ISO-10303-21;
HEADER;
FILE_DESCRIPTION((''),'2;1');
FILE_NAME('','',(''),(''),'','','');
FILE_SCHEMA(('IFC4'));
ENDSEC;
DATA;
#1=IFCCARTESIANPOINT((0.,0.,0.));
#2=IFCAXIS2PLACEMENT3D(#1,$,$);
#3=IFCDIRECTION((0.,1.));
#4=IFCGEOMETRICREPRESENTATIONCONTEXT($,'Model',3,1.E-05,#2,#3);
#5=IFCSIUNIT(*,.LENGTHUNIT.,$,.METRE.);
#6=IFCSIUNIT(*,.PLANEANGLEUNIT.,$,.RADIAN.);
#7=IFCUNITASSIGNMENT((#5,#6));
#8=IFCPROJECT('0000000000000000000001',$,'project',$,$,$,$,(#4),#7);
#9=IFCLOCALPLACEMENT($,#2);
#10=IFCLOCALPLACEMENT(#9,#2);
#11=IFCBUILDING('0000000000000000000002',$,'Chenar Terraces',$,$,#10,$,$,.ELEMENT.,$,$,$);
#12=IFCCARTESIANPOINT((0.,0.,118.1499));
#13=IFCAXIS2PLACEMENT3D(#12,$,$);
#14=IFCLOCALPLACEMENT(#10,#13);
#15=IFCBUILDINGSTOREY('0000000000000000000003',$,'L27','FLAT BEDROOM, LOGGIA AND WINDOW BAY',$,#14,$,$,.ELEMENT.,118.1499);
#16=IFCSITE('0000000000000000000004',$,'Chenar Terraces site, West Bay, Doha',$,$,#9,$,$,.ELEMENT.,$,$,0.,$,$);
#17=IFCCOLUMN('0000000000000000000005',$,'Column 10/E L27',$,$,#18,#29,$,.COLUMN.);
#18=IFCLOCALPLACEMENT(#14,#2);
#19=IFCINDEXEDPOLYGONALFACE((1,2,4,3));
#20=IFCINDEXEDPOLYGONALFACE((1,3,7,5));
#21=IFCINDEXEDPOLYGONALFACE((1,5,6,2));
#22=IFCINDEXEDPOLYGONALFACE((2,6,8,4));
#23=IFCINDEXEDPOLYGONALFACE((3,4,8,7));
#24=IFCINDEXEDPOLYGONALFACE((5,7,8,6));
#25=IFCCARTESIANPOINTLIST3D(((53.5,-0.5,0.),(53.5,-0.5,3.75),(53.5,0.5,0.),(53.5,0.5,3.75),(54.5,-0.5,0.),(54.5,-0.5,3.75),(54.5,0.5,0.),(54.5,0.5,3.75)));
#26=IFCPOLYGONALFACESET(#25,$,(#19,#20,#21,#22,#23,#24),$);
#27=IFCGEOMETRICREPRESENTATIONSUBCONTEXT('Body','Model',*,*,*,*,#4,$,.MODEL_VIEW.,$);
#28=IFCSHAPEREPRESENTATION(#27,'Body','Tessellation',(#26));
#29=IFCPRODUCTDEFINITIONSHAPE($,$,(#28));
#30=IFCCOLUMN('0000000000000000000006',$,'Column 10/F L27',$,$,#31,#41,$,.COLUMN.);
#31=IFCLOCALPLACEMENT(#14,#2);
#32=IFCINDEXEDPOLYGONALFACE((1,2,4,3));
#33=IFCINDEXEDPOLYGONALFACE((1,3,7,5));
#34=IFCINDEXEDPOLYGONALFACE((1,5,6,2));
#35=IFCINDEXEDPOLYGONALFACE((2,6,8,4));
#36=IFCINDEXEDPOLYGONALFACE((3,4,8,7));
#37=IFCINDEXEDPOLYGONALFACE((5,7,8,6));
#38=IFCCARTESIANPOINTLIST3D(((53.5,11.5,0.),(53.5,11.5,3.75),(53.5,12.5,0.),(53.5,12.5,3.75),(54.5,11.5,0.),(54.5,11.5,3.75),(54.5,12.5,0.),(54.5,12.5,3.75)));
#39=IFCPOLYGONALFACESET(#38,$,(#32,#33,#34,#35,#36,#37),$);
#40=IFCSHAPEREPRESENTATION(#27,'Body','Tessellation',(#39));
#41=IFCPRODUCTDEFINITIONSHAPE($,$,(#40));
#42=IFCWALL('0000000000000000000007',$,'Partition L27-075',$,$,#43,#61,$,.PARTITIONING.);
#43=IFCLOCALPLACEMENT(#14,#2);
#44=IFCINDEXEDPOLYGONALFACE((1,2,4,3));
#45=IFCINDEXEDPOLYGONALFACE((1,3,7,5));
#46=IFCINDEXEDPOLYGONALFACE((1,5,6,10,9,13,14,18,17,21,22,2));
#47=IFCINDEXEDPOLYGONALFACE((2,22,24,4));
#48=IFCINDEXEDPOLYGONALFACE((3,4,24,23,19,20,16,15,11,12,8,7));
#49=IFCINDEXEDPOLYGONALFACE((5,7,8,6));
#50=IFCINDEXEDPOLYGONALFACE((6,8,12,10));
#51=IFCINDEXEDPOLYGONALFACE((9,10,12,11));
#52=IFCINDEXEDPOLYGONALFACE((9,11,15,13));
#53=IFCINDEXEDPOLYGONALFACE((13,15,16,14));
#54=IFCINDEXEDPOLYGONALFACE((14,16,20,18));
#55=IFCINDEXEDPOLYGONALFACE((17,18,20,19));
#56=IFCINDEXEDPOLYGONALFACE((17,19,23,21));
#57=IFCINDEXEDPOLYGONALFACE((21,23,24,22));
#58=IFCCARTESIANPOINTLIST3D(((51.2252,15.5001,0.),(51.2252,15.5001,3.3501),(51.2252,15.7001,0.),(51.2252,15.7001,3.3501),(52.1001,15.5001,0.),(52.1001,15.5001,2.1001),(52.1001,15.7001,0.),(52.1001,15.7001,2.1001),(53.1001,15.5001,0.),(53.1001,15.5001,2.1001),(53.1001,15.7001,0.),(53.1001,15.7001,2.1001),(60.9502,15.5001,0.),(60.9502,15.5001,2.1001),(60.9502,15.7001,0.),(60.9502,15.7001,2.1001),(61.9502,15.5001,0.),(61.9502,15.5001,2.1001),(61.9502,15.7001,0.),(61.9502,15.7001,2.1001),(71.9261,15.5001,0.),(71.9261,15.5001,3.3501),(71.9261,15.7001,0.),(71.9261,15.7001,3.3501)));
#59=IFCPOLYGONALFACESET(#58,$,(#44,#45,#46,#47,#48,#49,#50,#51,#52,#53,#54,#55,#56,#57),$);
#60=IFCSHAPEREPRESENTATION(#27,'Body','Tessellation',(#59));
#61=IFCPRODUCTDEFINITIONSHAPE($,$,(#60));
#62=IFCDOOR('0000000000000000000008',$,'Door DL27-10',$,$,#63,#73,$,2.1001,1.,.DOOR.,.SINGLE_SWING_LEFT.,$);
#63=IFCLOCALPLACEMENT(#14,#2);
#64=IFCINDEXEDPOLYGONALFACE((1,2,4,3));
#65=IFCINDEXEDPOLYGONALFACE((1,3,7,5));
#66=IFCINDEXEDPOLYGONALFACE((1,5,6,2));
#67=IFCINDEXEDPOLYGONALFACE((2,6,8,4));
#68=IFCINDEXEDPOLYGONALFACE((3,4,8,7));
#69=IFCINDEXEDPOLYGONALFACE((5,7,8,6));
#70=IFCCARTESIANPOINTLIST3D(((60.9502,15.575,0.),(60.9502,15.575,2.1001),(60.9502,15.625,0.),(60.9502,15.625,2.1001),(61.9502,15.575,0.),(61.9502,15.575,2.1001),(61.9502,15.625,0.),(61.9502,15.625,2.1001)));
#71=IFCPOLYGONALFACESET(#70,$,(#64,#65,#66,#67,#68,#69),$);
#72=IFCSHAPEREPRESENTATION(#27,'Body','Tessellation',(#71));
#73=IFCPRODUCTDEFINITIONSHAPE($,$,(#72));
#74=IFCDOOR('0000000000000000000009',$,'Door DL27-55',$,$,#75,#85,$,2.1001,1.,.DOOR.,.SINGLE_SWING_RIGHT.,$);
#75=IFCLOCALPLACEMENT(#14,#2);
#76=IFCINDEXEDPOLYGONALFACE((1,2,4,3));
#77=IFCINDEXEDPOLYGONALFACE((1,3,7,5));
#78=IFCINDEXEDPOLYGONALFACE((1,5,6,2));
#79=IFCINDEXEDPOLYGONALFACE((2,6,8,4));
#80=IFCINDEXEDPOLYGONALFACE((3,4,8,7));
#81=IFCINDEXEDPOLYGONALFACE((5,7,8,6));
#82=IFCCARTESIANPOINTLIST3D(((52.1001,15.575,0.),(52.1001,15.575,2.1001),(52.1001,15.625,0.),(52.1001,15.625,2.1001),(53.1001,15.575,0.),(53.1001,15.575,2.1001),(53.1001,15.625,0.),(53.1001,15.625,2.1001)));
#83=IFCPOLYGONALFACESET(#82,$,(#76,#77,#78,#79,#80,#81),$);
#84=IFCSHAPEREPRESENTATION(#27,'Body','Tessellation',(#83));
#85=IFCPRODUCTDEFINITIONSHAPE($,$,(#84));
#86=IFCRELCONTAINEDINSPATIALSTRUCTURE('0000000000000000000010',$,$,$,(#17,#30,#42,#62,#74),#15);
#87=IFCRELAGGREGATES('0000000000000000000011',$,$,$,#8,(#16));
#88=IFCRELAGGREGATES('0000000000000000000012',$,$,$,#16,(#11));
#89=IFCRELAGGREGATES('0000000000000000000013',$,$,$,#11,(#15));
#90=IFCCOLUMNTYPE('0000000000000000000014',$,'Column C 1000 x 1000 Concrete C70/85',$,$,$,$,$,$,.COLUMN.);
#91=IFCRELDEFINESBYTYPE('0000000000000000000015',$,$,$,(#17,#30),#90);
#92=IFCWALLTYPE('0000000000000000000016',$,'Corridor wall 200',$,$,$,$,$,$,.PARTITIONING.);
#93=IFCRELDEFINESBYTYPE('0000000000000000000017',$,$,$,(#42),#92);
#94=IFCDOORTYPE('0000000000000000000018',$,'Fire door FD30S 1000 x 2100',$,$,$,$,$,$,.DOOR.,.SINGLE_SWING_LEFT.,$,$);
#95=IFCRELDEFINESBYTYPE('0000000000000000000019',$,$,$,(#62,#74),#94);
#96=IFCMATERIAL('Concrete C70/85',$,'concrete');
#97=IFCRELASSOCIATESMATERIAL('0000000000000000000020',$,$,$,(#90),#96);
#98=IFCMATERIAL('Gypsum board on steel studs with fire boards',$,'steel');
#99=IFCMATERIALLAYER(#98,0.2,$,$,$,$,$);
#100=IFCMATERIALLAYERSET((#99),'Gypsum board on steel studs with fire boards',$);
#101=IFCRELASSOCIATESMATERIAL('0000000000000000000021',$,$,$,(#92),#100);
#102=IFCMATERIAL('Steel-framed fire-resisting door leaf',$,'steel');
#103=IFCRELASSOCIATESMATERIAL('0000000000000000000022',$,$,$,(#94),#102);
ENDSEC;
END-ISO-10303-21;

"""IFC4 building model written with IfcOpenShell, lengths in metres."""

from ifc_helpers import new_model, si_unit, direction, frame, frame_2d, origin, origin_2d, place, context, subcontext, project, spatial, rectangle, extrude, material, layer, layer_set, material_profile, profile_set, type_object, element, fill, save


model = new_model("IFC4")

# Units and contexts
model_context = context("Model", 3, precision=1e-05, world=origin(), true_north=direction((0.0, 1.0)))
body_context = subcontext(model_context, "Body", "Model", "MODEL_VIEW")
ifc_project = project(units=[si_unit("LENGTHUNIT", "METRE"), si_unit("PLANEANGLEUNIT", "RADIAN")], contexts=[model_context])

# Site, building, storey
site_placement = place(None, origin())
site = spatial("IfcSite", under=ifc_project, at=site_placement, Name="Chenar Terraces site, West Bay, Doha", CompositionType="ELEMENT", RefElevation=0.0)
building_placement = place(site_placement, origin())
building = spatial("IfcBuilding", under=site, at=building_placement, Name="Chenar Terraces", CompositionType="ELEMENT")
storey_placement = place(building_placement, frame((0.0, 0.0, 118.1499)))
storey = spatial("IfcBuildingStorey", under=building, at=storey_placement, Name="L27", Description="FLAT BEDROOM, LOGGIA AND WINDOW BAY", CompositionType="ELEMENT", Elevation=118.1499)

# Columns
ifc_material_1 = material(Name="Concrete C70/85", Category="concrete")
ifc_material_profile = material_profile(ifc_material_1, rectangle(XDim=1.0, YDim=1.0, at=origin_2d()), Name="C 1000 x 1000")
ifc_profile_set = profile_set([ifc_material_profile], Name="Concrete C70/85")
column_type = type_object("IfcColumnType", Name="Column C 1000 x 1000 Concrete C70/85", PredefinedType="COLUMN", material=ifc_profile_set)
for number, where, z_axis, x_axis, name in (
    (1, (54.0, 0.0, 0.0), (0.0, 0.0, 1.0), (1.0, 0.0, 0.0), "Column 10/E L27"),
    (2, (54.0, 12.0, 0.0), (0.0, 0.0, 1.0), (1.0, 0.0, 0.0), "Column 10/F L27"),
):
    element("IfcColumn", number, at=place(storey_placement, frame(where, z_axis=z_axis, x_axis=x_axis)), inside=storey, type_object=column_type, Name=name, PredefinedType="COLUMN", context=body_context, shape_type="SweptSolid", body=[
        extrude(rectangle(XDim=1.0, YDim=1.0, at=origin_2d()), origin(), (0.0, 0.0, 1.0), 3.75),
    ])

# Wall, openings, doors
ifc_material_2 = material(Name="Gypsum board on steel studs with fire boards", Category="steel")
ifc_layer_1 = layer(ifc_material_2, 0.2)
ifc_layer_set_1 = layer_set([ifc_layer_1], Name="Gypsum board on steel studs with fire boards")
wall_type_1 = type_object("IfcWallType", Name="Corridor wall 200", PredefinedType="PARTITIONING", material=ifc_layer_set_1)
wall_1_placement = place(storey_placement, frame((51.2251, 15.6001, 0.0), z_axis=(0.0, 0.0, 1.0), x_axis=(1.0, 0.0, 0.0)))
wall_1 = element("IfcWall", 3, at=wall_1_placement, inside=storey, type_object=wall_type_1, Name="Partition L27-075", PredefinedType="PARTITIONING", context=body_context, shape_type="SweptSolid", body=[
    extrude(rectangle(XDim=20.7009, YDim=0.2, at=frame_2d((10.3506, 0.0))), origin(), (0.0, 0.0, 1.0), 3.3501),
])
opening_1_placement = place(wall_1_placement, frame((9.7251, 0.0, 0.0)))
opening_1 = element("IfcOpeningElement", 4, at=opening_1_placement, cuts=wall_1, PredefinedType="OPENING", context=body_context, shape_type="SweptSolid", body=[
    extrude(rectangle(XDim=1.0, YDim=2.1001, at=frame_2d((0.5, 1.05))), frame((0.0, 0.1099, 0.0), z_axis=(0.0, -1.0, 0.0), x_axis=(1.0, 0.0, 0.0)), (0.0, 0.0, 1.0), 0.22),
])
opening_2_placement = place(wall_1_placement, frame((0.875, 0.0, 0.0)))
opening_2 = element("IfcOpeningElement", 5, at=opening_2_placement, cuts=wall_1, PredefinedType="OPENING", context=body_context, shape_type="SweptSolid", body=[
    extrude(rectangle(XDim=1.0, YDim=2.1001, at=frame_2d((0.5, 1.05))), frame((0.0, 0.1099, 0.0), z_axis=(0.0, -1.0, 0.0), x_axis=(1.0, 0.0, 0.0)), (0.0, 0.0, 1.0), 0.22),
])
ifc_material_3 = material(Name="Steel-framed fire-resisting door leaf", Category="steel")
door_type_1 = type_object("IfcDoorType", Name="Fire door FD30S 1000 x 2100", OperationType="SINGLE_SWING_LEFT", PredefinedType="DOOR", material=ifc_material_3)
door_1_placement = place(opening_1_placement, origin())
door_1 = element("IfcDoor", 6, at=door_1_placement, inside=storey, type_object=door_type_1, Name="Door DL27-10", OperationType="SINGLE_SWING_LEFT", OverallHeight=2.1001, OverallWidth=1.0, PredefinedType="DOOR", context=body_context, shape_type="SweptSolid", body=[
    extrude(rectangle(XDim=1.0, YDim=2.1001, at=frame_2d((0.5, 1.05))), frame((0.0, 0.0249, 0.0), z_axis=(0.0, -1.0, 0.0), x_axis=(1.0, 0.0, 0.0)), (0.0, 0.0, 1.0), 0.05),
])
fill(opening_1, door_1)
door_2_placement = place(opening_2_placement, origin())
door_2 = element("IfcDoor", 7, at=door_2_placement, inside=storey, type_object=door_type_1, Name="Door DL27-55", OperationType="SINGLE_SWING_RIGHT", OverallHeight=2.1001, OverallWidth=1.0, PredefinedType="DOOR", context=body_context, shape_type="SweptSolid", body=[
    extrude(rectangle(XDim=1.0, YDim=2.1001, at=frame_2d((0.5, 1.05))), frame((0.0, 0.0249, 0.0), z_axis=(0.0, -1.0, 0.0), x_axis=(1.0, 0.0, 0.0)), (0.0, 0.0, 1.0), 0.05),
])
fill(opening_2, door_2)

save(model, "model.ifc")
